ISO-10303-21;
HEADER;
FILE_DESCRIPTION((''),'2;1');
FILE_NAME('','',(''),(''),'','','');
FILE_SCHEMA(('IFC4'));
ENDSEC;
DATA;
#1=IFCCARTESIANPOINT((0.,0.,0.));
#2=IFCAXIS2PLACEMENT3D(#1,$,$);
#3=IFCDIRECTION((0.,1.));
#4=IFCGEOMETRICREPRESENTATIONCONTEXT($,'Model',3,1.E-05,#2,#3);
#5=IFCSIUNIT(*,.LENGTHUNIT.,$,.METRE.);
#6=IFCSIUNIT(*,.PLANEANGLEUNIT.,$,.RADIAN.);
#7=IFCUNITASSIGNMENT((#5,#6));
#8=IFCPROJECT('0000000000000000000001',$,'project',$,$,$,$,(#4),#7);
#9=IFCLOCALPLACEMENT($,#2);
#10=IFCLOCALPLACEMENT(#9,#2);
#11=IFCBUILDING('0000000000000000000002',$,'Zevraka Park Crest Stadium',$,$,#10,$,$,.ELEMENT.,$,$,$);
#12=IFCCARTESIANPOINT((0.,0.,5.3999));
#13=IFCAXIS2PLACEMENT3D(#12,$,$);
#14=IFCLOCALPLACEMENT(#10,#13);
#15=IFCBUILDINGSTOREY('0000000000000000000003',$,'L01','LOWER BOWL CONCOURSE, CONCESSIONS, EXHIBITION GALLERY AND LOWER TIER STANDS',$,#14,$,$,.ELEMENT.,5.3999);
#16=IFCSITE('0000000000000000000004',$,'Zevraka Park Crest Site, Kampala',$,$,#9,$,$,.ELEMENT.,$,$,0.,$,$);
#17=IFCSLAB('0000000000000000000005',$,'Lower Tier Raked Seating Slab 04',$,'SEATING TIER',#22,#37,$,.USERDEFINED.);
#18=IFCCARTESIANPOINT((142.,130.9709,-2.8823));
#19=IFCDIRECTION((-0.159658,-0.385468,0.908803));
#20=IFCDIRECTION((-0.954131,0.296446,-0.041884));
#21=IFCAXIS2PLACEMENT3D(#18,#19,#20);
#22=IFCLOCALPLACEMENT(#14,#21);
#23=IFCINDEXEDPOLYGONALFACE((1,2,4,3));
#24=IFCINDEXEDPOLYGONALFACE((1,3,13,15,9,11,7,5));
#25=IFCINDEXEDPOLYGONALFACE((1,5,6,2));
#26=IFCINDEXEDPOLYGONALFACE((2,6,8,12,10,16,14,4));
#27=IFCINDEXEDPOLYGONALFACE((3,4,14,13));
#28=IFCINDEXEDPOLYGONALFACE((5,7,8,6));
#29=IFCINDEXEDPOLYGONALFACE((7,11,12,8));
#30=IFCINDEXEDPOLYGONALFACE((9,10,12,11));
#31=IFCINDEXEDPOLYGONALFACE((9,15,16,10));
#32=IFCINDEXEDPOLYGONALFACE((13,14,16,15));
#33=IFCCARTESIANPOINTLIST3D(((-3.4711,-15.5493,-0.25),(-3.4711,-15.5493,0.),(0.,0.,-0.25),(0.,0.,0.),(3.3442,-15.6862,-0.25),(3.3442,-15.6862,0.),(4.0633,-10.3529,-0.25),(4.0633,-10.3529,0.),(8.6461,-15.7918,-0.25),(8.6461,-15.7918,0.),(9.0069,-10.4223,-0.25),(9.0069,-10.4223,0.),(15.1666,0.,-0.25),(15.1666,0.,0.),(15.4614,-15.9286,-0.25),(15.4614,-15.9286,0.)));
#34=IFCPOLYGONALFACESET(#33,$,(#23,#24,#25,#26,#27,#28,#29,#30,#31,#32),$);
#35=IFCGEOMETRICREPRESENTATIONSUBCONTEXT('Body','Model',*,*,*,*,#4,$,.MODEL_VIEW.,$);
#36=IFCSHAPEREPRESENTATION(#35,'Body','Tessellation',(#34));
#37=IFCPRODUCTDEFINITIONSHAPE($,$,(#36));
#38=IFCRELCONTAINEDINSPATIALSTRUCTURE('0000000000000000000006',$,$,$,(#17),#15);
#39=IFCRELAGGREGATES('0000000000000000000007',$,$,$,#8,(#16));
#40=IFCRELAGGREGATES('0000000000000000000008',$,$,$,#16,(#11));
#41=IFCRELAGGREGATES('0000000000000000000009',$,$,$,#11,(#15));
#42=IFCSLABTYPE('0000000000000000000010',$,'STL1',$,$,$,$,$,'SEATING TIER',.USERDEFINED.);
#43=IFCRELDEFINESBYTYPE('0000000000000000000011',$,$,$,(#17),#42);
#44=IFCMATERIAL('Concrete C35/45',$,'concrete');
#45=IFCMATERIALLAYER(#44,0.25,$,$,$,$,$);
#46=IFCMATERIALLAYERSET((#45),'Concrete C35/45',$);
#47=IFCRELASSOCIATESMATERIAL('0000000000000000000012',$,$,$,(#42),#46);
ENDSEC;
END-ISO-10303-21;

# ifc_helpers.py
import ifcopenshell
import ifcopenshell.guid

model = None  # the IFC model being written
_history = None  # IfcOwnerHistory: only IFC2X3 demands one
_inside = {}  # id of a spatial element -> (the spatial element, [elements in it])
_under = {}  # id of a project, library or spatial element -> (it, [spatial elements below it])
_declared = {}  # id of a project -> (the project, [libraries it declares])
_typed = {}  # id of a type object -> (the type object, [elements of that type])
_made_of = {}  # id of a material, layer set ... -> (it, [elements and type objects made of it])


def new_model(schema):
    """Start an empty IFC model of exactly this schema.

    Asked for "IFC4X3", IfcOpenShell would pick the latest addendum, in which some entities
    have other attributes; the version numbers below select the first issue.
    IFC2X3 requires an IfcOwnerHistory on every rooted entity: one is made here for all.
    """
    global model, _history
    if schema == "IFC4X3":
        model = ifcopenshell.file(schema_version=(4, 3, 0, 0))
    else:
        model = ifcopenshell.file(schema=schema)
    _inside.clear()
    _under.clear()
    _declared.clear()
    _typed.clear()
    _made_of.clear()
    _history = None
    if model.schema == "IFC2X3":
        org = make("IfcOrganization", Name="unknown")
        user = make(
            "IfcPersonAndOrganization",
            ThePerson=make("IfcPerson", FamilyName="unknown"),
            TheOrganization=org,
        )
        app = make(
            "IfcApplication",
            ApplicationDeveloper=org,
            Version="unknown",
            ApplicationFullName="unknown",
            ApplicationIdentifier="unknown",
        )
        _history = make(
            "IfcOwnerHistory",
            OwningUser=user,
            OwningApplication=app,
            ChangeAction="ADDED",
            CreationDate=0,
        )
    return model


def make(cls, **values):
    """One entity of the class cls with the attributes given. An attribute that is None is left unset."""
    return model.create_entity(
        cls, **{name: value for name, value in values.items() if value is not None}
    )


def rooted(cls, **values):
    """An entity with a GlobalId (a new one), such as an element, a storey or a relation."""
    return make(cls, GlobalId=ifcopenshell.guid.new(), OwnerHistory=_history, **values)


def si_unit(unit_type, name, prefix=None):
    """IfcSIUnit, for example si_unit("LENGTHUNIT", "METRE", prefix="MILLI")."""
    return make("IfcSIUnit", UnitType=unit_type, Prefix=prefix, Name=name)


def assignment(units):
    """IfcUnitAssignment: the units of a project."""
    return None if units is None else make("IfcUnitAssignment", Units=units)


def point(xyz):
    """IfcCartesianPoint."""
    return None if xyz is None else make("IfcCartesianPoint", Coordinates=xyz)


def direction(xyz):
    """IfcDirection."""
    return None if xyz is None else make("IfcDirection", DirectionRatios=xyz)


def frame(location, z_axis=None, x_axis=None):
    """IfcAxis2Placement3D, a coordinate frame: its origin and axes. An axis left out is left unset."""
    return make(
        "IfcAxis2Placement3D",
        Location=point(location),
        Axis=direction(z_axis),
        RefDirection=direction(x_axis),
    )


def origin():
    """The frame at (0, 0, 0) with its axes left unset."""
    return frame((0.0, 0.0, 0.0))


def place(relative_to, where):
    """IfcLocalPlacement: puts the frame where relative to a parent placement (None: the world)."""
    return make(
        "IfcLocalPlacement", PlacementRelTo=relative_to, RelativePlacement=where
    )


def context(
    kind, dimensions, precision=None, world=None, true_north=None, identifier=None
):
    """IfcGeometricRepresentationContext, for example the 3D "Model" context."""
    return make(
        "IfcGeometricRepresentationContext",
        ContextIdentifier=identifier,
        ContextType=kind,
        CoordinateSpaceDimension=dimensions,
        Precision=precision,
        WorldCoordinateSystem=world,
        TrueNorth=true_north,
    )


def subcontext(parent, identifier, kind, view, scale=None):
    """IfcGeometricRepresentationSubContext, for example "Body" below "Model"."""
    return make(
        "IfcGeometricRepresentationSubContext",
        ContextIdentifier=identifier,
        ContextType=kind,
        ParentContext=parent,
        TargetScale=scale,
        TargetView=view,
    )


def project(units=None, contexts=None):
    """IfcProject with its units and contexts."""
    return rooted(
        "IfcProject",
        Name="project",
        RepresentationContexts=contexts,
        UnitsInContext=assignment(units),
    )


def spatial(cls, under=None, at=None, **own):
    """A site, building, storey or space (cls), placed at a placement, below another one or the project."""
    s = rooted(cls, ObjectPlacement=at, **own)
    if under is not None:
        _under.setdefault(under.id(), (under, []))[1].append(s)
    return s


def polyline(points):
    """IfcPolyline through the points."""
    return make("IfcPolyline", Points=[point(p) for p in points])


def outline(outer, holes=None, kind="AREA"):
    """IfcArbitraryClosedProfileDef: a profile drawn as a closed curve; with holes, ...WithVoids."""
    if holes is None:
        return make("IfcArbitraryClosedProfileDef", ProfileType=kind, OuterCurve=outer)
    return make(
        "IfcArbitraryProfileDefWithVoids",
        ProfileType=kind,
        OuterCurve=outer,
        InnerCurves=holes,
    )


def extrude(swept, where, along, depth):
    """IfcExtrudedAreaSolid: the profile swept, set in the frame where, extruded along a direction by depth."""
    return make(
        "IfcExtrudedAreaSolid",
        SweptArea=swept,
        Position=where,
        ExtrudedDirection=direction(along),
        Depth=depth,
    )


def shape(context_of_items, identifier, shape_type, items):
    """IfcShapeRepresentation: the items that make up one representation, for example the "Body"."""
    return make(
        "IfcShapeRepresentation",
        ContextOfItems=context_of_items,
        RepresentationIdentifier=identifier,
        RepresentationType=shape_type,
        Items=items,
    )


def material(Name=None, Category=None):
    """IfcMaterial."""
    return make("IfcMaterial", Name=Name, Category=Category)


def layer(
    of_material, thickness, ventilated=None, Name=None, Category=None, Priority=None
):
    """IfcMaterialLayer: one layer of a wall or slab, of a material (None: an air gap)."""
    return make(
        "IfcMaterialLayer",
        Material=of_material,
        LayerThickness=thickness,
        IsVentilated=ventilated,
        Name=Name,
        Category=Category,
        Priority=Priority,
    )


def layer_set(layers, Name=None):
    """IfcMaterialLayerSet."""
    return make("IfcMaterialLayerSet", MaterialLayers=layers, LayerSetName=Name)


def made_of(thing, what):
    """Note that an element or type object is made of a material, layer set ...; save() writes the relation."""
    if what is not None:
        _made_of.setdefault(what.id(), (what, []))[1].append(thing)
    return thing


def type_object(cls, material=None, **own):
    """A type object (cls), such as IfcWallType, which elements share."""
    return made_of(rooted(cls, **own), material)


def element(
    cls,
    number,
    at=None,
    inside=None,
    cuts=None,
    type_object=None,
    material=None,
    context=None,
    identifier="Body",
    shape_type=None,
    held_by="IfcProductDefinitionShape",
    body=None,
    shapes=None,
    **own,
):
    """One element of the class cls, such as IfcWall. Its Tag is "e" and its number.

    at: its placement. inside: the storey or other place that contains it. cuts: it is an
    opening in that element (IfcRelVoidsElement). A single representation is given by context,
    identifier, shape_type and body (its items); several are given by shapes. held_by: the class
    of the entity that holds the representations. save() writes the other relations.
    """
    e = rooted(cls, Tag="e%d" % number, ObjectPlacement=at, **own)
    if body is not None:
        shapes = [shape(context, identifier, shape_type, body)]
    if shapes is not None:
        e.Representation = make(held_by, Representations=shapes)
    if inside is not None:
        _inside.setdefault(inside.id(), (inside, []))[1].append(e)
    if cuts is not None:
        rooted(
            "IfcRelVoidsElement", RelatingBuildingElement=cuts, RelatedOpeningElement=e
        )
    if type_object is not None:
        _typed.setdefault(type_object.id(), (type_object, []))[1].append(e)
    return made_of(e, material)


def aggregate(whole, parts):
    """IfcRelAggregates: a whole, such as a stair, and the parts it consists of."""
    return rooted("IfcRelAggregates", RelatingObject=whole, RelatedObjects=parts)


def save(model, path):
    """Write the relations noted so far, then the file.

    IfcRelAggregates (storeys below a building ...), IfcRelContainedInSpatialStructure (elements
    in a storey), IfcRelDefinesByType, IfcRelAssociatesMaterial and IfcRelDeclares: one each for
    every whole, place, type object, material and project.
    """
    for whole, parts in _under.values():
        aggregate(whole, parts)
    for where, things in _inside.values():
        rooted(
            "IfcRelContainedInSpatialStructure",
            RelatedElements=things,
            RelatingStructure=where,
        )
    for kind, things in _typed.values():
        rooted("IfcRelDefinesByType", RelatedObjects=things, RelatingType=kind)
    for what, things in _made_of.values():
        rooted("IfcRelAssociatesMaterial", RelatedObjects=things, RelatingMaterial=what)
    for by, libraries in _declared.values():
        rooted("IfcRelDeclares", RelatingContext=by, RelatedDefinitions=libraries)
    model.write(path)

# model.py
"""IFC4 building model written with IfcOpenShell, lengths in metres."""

from ifc_helpers import new_model, si_unit, direction, frame, origin, place, context, subcontext, project, spatial, polyline, outline, extrude, material, layer, layer_set, type_object, element, save


model = new_model("IFC4")

# Units and contexts
model_context = context("Model", 3, precision=1e-05, world=origin(), true_north=direction((0.0, 1.0)))
body_context = subcontext(model_context, "Body", "Model", "MODEL_VIEW")
ifc_project = project(units=[si_unit("LENGTHUNIT", "METRE"), si_unit("PLANEANGLEUNIT", "RADIAN")], contexts=[model_context])

# Site, building, storey
site_placement = place(None, origin())
site = spatial("IfcSite", under=ifc_project, at=site_placement, Name="Zevraka Park Crest Site, Kampala", CompositionType="ELEMENT", RefElevation=0.0)
building_placement = place(site_placement, origin())
building = spatial("IfcBuilding", under=site, at=building_placement, Name="Zevraka Park Crest Stadium", CompositionType="ELEMENT")
storey_placement = place(building_placement, frame((0.0, 0.0, 5.3999)))
storey = spatial("IfcBuildingStorey", under=building, at=storey_placement, Name="L01", Description="LOWER BOWL CONCOURSE, CONCESSIONS, EXHIBITION GALLERY AND LOWER TIER STANDS", CompositionType="ELEMENT", Elevation=5.3999)

# Slab
ifc_material_1 = material(Name="Concrete C35/45", Category="concrete")
ifc_layer_1 = layer(ifc_material_1, 0.25)
ifc_layer_set_1 = layer_set([ifc_layer_1], Name="Concrete C35/45")
slab_type = type_object("IfcSlabType", Name="STL1", ElementType="SEATING TIER", PredefinedType="USERDEFINED", material=ifc_layer_set_1)
slab_1_placement = place(storey_placement, frame((142.0, 130.9709, -2.8823), z_axis=(-0.159658, -0.385468, 0.908803), x_axis=(-0.954131, 0.296446, -0.041884)))
element("IfcSlab", 1, at=slab_1_placement, inside=storey, type_object=slab_type, Name="Lower Tier Raked Seating Slab 04", ObjectType="SEATING TIER", PredefinedType="USERDEFINED", context=body_context, shape_type="SweptSolid", body=[
    extrude(outline(polyline([(0.0, 0.0), (15.1666, 0.0), (15.4614, -15.9286), (8.6461, -15.7918), (9.0069, -10.4223), (4.0633, -10.3529), (3.3442, -15.6862), (-3.4711, -15.5493), (0.0, 0.0)])), origin(), (0.0, 0.0, -1.0), 0.25),
])

save(model, "model.ifc")
